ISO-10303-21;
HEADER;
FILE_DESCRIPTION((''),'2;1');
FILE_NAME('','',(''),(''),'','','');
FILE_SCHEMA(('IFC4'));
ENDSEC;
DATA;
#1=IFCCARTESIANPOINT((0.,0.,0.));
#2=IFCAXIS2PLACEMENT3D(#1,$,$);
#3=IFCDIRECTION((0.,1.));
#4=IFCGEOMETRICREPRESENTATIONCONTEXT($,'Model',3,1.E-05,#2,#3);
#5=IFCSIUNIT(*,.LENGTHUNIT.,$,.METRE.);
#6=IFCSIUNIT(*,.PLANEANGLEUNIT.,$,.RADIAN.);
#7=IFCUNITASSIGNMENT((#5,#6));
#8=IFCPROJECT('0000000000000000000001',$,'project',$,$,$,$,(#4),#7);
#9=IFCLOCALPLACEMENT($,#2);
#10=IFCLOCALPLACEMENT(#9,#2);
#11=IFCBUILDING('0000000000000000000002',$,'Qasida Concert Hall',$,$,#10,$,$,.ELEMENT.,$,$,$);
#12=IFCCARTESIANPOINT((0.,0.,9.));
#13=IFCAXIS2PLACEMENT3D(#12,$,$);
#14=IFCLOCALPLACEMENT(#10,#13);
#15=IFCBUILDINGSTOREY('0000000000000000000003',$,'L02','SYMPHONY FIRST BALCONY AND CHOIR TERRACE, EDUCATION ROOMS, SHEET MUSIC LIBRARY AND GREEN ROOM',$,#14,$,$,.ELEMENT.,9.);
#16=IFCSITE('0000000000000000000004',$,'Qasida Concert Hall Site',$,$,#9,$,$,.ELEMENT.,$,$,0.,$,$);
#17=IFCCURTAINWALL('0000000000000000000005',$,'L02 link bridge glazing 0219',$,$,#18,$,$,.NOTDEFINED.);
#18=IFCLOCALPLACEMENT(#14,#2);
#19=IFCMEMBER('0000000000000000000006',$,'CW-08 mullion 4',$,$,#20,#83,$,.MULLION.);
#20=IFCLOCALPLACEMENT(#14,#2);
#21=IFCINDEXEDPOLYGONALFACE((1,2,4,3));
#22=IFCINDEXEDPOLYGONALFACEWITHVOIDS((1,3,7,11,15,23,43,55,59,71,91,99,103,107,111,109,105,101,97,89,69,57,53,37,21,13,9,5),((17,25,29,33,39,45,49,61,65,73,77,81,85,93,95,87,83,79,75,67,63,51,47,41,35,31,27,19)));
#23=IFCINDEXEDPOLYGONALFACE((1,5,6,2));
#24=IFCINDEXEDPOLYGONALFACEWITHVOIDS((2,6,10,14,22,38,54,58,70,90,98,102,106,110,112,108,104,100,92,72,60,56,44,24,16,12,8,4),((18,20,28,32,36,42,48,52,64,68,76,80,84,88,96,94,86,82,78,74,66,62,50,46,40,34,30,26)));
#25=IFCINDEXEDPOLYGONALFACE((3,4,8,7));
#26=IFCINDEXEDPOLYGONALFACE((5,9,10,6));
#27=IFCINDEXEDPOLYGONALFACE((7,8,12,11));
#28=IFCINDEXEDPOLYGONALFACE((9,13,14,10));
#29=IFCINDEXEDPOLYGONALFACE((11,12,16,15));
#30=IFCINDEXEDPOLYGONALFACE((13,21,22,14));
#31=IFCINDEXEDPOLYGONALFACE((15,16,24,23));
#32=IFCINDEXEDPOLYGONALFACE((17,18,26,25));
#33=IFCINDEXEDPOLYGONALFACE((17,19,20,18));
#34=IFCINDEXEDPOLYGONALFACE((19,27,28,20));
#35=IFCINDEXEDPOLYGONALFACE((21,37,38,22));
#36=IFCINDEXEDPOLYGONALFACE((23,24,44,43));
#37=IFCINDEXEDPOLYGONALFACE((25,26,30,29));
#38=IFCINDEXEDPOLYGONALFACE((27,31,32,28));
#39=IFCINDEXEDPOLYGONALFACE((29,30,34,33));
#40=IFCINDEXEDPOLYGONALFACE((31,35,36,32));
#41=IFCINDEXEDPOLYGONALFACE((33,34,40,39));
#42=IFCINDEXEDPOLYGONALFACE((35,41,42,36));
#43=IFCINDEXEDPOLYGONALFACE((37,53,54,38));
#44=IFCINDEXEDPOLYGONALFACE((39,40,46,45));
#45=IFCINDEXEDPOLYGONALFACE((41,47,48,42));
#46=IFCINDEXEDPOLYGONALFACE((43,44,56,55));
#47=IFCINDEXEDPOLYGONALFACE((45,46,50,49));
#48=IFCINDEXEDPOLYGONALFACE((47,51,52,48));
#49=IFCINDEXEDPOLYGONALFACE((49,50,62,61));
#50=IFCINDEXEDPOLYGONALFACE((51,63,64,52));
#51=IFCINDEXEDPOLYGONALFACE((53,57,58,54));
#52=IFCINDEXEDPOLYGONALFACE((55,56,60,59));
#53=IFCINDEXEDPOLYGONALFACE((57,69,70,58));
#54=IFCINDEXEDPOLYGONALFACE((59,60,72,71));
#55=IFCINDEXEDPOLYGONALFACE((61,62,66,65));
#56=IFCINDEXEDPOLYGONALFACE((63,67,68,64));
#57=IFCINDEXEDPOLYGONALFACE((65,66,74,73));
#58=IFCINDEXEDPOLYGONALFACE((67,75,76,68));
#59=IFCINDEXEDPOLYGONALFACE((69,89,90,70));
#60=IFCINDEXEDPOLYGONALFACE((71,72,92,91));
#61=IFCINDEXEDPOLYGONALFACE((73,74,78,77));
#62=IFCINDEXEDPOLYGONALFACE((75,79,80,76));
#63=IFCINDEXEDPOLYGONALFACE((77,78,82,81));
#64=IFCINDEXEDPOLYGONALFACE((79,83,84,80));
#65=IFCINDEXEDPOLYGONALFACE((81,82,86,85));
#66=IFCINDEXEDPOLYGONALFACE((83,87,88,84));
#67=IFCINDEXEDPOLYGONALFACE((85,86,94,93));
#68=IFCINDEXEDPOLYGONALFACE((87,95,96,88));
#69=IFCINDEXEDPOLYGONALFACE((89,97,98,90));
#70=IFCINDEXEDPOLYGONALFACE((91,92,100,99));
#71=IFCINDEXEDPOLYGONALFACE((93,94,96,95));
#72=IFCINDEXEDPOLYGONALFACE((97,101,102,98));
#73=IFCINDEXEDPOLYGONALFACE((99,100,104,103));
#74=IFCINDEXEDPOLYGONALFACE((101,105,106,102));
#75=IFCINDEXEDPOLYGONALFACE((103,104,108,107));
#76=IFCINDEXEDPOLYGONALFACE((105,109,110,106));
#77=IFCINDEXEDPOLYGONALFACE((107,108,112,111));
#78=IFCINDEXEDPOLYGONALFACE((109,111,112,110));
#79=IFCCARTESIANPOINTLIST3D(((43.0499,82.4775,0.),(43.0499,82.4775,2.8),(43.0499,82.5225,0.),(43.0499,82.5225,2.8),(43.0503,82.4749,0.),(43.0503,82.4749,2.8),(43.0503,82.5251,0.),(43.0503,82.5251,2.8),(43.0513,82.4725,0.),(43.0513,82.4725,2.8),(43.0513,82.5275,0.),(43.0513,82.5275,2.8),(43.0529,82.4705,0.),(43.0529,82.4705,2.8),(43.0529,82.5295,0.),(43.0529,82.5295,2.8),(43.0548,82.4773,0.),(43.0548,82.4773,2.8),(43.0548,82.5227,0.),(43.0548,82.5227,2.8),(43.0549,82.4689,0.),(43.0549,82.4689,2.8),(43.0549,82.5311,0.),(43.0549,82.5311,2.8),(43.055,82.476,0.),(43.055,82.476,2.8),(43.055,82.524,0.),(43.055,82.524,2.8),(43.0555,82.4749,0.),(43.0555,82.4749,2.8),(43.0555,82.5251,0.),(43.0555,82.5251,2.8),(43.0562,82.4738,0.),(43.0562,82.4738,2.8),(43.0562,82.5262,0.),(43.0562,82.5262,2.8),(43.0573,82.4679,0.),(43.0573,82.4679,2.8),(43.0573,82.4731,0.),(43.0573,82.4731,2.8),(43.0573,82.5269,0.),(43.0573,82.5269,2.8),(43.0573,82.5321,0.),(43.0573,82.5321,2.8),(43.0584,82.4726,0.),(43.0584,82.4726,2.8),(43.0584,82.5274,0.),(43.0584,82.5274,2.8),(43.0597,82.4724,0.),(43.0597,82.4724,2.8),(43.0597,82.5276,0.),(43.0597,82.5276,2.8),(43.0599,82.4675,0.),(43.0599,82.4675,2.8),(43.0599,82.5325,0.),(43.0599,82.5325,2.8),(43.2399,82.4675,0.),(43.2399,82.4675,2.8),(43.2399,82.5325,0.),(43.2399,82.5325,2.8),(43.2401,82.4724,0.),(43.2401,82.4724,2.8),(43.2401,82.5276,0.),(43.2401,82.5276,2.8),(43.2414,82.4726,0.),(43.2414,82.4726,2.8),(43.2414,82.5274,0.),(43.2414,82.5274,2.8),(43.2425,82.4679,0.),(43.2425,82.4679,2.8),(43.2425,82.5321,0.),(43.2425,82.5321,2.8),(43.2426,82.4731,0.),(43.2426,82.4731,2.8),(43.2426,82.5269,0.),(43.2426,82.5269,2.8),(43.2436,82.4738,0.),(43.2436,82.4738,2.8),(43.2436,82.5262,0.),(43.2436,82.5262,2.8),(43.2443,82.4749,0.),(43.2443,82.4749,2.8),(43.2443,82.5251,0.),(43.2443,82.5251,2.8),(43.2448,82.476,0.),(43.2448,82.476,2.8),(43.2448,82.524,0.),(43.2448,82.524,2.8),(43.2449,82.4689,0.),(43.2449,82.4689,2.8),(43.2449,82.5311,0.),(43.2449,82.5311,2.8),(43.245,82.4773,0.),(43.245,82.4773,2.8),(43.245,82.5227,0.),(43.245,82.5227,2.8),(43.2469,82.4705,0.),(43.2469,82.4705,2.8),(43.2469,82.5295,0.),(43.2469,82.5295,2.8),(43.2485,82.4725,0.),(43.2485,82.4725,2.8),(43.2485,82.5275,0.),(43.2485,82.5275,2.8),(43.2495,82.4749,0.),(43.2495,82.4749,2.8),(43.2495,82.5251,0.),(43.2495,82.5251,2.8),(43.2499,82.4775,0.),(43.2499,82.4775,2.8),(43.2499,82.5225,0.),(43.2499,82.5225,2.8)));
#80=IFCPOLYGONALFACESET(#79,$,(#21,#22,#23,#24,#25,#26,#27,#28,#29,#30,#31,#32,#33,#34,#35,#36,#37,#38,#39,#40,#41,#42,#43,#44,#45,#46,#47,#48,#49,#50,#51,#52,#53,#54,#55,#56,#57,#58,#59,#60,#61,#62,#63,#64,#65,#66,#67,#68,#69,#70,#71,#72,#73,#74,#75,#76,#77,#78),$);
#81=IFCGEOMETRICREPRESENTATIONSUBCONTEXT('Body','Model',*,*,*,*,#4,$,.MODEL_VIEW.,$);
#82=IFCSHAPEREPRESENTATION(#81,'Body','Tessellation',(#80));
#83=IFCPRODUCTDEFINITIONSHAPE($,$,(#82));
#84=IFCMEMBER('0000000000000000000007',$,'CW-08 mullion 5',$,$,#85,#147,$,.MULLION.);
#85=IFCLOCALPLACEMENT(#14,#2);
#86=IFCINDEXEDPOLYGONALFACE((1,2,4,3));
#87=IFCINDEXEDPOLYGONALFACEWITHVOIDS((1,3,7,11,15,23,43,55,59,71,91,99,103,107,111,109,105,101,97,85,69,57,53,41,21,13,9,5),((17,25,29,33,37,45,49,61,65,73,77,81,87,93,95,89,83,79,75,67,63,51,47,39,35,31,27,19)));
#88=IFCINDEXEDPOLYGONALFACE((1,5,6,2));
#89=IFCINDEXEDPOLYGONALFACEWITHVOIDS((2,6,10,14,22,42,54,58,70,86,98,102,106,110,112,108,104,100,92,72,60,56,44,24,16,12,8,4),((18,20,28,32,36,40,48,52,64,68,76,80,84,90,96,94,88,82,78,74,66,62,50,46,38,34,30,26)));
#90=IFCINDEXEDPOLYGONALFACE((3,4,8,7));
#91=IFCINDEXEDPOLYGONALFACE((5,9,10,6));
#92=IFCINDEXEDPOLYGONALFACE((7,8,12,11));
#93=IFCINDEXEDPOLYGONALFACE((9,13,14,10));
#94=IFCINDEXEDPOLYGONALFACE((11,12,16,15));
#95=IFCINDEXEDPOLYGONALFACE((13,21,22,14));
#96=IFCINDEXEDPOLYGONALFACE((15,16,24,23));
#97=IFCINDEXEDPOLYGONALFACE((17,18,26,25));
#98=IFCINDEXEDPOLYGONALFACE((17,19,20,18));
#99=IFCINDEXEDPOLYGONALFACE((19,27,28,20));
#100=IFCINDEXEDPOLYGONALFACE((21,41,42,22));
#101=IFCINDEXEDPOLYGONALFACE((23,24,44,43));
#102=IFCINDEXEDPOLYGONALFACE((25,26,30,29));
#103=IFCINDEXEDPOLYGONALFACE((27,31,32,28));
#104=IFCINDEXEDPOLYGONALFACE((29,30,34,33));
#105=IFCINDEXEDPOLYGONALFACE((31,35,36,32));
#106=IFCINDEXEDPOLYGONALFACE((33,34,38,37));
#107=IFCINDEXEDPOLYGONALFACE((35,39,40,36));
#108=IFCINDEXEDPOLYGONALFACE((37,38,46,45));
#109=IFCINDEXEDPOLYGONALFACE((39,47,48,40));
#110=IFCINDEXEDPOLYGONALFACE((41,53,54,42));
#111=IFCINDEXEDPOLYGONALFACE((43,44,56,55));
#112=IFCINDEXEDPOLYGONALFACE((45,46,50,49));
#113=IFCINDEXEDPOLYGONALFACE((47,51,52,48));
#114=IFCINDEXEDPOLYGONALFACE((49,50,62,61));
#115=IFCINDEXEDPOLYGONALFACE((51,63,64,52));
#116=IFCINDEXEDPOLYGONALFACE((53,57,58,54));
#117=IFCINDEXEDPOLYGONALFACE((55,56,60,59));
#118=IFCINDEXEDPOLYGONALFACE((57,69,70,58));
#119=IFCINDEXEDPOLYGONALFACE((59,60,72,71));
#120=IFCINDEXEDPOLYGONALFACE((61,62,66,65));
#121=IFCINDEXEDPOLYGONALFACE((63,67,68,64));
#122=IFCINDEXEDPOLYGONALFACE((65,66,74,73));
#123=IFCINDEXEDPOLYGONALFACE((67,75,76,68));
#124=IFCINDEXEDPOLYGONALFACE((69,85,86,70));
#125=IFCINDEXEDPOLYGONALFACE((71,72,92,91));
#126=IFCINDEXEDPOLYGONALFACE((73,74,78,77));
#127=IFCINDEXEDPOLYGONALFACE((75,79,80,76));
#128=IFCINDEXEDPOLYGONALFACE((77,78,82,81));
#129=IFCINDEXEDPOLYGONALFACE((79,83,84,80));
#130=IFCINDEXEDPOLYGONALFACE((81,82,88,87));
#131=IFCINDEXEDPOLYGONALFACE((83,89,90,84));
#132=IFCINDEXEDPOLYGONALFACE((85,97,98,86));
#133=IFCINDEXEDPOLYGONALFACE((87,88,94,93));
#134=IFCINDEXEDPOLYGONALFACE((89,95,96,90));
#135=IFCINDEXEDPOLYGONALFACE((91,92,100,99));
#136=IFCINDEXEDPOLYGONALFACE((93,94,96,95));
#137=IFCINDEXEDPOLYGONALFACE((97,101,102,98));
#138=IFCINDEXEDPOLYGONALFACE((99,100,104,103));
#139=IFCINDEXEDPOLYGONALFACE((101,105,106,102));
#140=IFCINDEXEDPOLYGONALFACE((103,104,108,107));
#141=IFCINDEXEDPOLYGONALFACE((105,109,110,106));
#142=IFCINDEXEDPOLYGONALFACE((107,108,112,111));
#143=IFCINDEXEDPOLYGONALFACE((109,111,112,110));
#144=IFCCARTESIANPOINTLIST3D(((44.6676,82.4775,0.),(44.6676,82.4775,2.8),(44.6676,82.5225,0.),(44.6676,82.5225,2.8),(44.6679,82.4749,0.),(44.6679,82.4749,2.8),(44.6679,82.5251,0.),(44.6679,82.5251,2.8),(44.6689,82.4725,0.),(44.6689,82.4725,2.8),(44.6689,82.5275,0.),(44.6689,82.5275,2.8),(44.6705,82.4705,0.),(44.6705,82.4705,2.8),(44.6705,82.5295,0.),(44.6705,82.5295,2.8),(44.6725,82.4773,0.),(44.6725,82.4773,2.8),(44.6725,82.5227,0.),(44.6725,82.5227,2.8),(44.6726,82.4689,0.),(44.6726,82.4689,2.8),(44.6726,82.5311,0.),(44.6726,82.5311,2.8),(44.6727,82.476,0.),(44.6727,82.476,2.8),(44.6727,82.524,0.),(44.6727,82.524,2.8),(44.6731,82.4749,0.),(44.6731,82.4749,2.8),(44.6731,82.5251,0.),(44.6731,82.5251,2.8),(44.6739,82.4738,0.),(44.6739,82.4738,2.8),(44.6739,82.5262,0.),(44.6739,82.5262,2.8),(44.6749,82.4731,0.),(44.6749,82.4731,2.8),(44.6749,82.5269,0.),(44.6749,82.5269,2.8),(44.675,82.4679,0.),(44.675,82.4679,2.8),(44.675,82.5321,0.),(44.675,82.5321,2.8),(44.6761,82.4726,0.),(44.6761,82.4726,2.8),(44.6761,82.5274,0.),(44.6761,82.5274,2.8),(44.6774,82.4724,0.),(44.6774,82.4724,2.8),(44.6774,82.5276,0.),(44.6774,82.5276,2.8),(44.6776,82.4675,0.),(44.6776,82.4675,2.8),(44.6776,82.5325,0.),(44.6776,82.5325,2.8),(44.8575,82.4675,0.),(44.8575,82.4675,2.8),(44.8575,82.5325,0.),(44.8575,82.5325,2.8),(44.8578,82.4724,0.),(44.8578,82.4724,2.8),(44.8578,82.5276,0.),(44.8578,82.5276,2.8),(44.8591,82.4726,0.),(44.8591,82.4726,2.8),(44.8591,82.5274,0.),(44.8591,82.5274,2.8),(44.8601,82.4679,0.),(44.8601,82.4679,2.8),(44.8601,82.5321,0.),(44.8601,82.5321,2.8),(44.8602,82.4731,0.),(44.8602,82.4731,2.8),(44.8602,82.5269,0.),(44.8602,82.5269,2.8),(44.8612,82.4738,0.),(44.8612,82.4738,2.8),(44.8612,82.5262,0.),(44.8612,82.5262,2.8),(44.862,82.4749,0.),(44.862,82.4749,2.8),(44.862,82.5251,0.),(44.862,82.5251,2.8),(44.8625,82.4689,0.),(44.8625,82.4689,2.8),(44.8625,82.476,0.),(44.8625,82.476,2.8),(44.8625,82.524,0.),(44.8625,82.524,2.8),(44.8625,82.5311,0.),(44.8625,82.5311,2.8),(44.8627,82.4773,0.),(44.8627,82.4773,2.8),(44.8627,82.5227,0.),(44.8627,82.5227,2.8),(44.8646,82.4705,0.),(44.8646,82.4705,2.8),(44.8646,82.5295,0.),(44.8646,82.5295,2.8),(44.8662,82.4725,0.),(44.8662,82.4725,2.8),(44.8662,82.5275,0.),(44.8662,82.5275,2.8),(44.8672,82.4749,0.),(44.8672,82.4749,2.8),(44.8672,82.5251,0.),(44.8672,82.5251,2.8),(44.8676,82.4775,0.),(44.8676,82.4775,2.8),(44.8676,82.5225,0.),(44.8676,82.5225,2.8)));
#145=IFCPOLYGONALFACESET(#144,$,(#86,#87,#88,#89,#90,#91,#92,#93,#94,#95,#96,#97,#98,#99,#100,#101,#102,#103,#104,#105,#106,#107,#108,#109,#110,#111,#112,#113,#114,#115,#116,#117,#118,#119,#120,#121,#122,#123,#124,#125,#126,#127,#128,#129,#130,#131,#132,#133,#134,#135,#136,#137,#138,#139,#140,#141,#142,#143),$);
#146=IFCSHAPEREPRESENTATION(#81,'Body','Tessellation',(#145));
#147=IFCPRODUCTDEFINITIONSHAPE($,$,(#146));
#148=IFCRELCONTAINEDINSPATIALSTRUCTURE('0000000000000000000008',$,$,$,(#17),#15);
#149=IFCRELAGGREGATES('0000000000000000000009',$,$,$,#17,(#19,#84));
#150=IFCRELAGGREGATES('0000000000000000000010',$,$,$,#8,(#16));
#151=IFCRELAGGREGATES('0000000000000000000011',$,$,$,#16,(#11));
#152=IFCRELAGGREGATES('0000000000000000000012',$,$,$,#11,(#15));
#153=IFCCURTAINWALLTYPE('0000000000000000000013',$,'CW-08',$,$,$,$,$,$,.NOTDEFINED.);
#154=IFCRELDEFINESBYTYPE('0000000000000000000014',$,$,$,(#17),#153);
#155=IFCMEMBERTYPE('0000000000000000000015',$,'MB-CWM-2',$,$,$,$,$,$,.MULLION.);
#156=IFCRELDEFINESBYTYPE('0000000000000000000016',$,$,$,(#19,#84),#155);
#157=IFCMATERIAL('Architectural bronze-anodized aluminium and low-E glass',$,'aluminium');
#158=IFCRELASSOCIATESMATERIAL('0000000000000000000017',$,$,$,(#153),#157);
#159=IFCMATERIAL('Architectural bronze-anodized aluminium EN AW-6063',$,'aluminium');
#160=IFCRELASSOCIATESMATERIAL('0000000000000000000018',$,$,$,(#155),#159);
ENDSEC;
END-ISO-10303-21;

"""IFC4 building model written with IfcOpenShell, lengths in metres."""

from ifc_helpers import new_model, si_unit, direction, frame, origin, origin_2d, place, context, subcontext, project, spatial, hollow_rectangle, extrude, material, material_profile, profile_set, type_object, element, aggregate, save


model = new_model("IFC4")

# Units and contexts
model_context = context("Model", 3, precision=1e-05, world=origin(), true_north=direction((0.0, 1.0)))
body_context = subcontext(model_context, "Body", "Model", "MODEL_VIEW")
ifc_project = project(units=[si_unit("LENGTHUNIT", "METRE"), si_unit("PLANEANGLEUNIT", "RADIAN")], contexts=[model_context])

# Site, building, storey
site_placement = place(None, origin())
site = spatial("IfcSite", under=ifc_project, at=site_placement, Name="Qasida Concert Hall Site", CompositionType="ELEMENT", RefElevation=0.0)
building_placement = place(site_placement, origin())
building = spatial("IfcBuilding", under=site, at=building_placement, Name="Qasida Concert Hall", CompositionType="ELEMENT")
storey_placement = place(building_placement, frame((0.0, 0.0, 9.0)))
storey = spatial("IfcBuildingStorey", under=building, at=storey_placement, Name="L02", Description="SYMPHONY FIRST BALCONY AND CHOIR TERRACE, EDUCATION ROOMS, SHEET MUSIC LIBRARY AND GREEN ROOM", CompositionType="ELEMENT", Elevation=9.0)

# Curtain wall, members
ifc_material_1 = material(Name="Architectural bronze-anodized aluminium and low-E glass", Category="aluminium")
curtain_wall_type = type_object("IfcCurtainWallType", Name="CW-08", PredefinedType="NOTDEFINED", material=ifc_material_1)
curtain_wall_1_placement = place(storey_placement, origin())
curtain_wall_1 = element("IfcCurtainWall", 1, at=curtain_wall_1_placement, inside=storey, type_object=curtain_wall_type, Name="L02 link bridge glazing 0219", PredefinedType="NOTDEFINED")
ifc_material_2 = material(Name="Architectural bronze-anodized aluminium EN AW-6063", Category="aluminium")
ifc_material_profile_1 = material_profile(ifc_material_2, hollow_rectangle(XDim=0.0649, YDim=0.2, WallThickness=0.0049, InnerFilletRadius=0.0049, OuterFilletRadius=0.01, at=origin_2d()), Name="CWM 200x65x5")
ifc_profile_set_1 = profile_set([ifc_material_profile_1], Name="Architectural bronze-anodized aluminium EN AW-6063")
member_type_1 = type_object("IfcMemberType", Name="MB-CWM-2", PredefinedType="MULLION", material=ifc_profile_set_1)
member_1_placement = place(storey_placement, frame((43.1499, 82.5, 0.0), z_axis=(0.0, 0.0, 1.0), x_axis=(0.0, 1.0, 0.0)))
member_1 = element("IfcMember", 2, at=member_1_placement, type_object=member_type_1, Name="CW-08 mullion 4", PredefinedType="MULLION", context=body_context, shape_type="SweptSolid", body=[
    extrude(hollow_rectangle(XDim=0.0649, YDim=0.2, WallThickness=0.0049, InnerFilletRadius=0.0049, OuterFilletRadius=0.01, at=origin_2d()), origin(), (0.0, 0.0, 1.0), 2.8),
])
member_2_placement = place(storey_placement, frame((44.7676, 82.5, 0.0), z_axis=(0.0, 0.0, 1.0), x_axis=(0.0, 1.0, 0.0)))
member_2 = element("IfcMember", 3, at=member_2_placement, type_object=member_type_1, Name="CW-08 mullion 5", PredefinedType="MULLION", context=body_context, shape_type="SweptSolid", body=[
    extrude(hollow_rectangle(XDim=0.0649, YDim=0.2, WallThickness=0.0049, InnerFilletRadius=0.0049, OuterFilletRadius=0.01, at=origin_2d()), origin(), (0.0, 0.0, 1.0), 2.8),
])

aggregate(curtain_wall_1, [member_1, member_2])

save(model, "model.ifc")
